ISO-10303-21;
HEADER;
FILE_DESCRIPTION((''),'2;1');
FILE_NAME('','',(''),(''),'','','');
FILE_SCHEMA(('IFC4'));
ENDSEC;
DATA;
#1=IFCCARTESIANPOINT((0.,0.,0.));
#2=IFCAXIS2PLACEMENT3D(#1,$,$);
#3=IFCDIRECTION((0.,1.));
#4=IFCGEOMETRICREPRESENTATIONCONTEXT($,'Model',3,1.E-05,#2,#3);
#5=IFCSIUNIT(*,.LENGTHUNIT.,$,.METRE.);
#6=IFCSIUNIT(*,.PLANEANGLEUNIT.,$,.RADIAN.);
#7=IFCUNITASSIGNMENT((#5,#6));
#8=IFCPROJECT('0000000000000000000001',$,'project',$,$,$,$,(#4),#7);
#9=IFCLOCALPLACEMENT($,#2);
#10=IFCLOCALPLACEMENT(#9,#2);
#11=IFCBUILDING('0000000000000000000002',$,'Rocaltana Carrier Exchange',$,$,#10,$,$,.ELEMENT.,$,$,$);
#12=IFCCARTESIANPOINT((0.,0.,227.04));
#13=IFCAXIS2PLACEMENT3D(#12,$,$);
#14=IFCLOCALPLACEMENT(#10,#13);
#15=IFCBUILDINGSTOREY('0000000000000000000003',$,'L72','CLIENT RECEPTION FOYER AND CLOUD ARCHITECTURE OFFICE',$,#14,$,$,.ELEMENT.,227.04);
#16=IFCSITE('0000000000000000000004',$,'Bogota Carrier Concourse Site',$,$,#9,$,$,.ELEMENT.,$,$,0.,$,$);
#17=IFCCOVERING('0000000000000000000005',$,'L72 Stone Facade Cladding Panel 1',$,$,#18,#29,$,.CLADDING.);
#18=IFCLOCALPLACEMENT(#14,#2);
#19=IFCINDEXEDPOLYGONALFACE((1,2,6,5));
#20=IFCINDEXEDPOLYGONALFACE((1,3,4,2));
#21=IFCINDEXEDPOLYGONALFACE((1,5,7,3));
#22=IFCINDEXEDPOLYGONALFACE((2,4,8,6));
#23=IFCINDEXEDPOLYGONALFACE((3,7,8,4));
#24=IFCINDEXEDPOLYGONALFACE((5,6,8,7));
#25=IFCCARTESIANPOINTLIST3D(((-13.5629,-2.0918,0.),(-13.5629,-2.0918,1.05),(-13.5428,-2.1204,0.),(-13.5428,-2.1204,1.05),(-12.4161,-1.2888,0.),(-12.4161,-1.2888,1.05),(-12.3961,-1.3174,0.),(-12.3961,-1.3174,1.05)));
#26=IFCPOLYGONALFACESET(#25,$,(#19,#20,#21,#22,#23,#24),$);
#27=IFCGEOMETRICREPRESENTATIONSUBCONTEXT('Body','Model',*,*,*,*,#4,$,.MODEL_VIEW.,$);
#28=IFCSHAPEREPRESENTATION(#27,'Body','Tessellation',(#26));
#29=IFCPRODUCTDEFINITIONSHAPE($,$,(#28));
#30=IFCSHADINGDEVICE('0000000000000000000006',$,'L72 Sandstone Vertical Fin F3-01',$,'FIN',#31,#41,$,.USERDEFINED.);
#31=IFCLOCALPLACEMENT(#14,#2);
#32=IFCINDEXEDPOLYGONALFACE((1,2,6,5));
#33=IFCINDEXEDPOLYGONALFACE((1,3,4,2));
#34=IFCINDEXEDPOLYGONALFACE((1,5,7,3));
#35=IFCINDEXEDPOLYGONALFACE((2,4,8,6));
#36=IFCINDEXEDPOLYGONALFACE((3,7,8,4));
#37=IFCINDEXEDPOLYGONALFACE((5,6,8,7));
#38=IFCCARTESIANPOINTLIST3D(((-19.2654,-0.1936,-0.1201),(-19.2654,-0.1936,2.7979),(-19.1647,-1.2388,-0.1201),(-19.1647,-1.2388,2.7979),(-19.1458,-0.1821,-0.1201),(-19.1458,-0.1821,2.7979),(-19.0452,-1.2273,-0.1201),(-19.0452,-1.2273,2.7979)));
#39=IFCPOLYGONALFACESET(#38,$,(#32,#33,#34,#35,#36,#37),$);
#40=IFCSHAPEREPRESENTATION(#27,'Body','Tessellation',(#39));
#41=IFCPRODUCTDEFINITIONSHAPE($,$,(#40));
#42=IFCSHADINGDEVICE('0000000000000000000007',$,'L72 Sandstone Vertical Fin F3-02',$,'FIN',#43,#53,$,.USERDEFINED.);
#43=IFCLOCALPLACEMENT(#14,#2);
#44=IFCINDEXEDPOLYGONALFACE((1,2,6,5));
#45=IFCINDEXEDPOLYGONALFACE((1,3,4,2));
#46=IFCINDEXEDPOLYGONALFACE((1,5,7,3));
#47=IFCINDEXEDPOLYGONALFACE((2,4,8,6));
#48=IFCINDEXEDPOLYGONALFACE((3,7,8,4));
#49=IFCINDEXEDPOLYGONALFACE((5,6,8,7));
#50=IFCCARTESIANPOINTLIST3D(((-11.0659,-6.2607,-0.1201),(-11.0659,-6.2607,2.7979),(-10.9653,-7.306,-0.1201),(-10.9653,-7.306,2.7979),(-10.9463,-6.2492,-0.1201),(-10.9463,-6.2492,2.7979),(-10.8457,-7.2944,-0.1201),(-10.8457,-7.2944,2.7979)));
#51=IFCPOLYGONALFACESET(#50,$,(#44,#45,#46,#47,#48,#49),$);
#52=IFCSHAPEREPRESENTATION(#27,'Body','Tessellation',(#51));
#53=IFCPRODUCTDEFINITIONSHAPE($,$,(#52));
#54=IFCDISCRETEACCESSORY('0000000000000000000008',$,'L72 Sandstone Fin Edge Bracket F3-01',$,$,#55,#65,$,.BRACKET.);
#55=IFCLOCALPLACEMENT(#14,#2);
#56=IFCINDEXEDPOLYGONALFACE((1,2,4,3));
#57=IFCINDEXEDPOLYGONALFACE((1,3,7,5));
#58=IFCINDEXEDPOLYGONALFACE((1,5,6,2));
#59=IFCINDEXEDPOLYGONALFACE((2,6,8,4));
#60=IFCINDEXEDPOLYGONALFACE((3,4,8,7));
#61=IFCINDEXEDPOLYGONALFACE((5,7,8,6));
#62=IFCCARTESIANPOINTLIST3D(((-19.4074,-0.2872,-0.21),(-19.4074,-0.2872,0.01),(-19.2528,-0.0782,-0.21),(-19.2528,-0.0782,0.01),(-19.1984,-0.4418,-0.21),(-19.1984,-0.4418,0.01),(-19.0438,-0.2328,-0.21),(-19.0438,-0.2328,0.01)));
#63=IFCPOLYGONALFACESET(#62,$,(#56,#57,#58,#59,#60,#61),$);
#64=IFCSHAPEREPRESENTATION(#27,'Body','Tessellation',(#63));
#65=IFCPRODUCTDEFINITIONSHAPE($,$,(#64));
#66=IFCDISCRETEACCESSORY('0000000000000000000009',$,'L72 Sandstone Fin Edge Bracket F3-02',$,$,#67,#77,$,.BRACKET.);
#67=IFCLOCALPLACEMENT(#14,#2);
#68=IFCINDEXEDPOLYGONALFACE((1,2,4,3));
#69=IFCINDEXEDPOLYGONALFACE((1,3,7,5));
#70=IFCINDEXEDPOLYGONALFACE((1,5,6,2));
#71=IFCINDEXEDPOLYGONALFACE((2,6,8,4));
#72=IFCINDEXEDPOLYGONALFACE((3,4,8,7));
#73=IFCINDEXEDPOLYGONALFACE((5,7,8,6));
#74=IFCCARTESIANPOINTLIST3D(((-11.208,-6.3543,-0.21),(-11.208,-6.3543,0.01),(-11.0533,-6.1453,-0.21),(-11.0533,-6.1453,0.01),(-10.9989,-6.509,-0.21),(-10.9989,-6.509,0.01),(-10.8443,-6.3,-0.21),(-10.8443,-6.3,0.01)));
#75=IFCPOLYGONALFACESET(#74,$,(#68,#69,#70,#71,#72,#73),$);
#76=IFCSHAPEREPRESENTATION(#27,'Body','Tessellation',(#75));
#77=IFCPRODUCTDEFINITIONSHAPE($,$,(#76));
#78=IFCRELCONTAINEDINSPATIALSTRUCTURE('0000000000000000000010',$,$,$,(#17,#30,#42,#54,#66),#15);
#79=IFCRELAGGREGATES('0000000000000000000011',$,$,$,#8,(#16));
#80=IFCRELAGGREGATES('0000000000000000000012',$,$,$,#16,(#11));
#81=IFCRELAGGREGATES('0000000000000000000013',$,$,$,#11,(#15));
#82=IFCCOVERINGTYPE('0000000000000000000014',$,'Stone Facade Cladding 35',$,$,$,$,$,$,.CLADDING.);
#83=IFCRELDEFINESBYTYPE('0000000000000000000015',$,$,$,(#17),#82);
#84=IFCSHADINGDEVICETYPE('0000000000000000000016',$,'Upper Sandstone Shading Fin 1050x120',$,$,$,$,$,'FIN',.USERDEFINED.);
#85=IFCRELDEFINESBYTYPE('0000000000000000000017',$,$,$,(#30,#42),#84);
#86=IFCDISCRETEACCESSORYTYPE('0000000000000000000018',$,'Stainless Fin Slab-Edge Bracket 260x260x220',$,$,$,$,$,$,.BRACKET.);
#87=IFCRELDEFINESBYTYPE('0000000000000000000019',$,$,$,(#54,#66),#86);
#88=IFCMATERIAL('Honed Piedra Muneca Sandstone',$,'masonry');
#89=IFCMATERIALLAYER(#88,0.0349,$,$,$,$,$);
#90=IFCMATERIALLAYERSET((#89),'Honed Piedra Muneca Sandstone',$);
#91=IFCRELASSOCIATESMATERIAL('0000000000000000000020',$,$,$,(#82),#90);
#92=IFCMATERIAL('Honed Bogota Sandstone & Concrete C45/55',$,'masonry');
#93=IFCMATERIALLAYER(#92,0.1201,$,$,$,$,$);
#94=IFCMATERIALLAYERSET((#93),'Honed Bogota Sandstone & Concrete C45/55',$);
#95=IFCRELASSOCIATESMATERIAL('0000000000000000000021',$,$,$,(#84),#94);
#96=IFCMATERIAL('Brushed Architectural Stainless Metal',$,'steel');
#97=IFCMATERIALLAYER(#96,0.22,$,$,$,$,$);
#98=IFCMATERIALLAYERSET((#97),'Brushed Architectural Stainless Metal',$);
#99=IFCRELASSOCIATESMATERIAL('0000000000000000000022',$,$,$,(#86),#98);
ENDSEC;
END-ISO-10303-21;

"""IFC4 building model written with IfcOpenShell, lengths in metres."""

from ifc_helpers import new_model, si_unit, direction, frame, origin, origin_2d, place, context, subcontext, project, spatial, rectangle, extrude, material, layer, layer_set, type_object, element, save


model = new_model("IFC4")

# Units and contexts
model_context = context("Model", 3, precision=1e-05, world=origin(), true_north=direction((0.0, 1.0)))
body_context = subcontext(model_context, "Body", "Model", "MODEL_VIEW")
ifc_project = project(units=[si_unit("LENGTHUNIT", "METRE"), si_unit("PLANEANGLEUNIT", "RADIAN")], contexts=[model_context])

# Site, building, storey
site_placement = place(None, origin())
site = spatial("IfcSite", under=ifc_project, at=site_placement, Name="Bogota Carrier Concourse Site", CompositionType="ELEMENT", RefElevation=0.0)
building_placement = place(site_placement, origin())
building = spatial("IfcBuilding", under=site, at=building_placement, Name="Rocaltana Carrier Exchange", CompositionType="ELEMENT")
storey_placement = place(building_placement, frame((0.0, 0.0, 227.04)))
storey = spatial("IfcBuildingStorey", under=building, at=storey_placement, Name="L72", Description="CLIENT RECEPTION FOYER AND CLOUD ARCHITECTURE OFFICE", CompositionType="ELEMENT", Elevation=227.04)

# Covering
ifc_material_1 = material(Name="Honed Piedra Muneca Sandstone", Category="masonry")
ifc_layer_1 = layer(ifc_material_1, 0.0349)
ifc_layer_set_1 = layer_set([ifc_layer_1], Name="Honed Piedra Muneca Sandstone")
covering_type = type_object("IfcCoveringType", Name="Stone Facade Cladding 35", PredefinedType="CLADDING", material=ifc_layer_set_1)
covering_placement = place(storey_placement, frame((-12.9795, -1.7046, 0.0), z_axis=(0.0, 0.0, 1.0), x_axis=(0.819152, 0.573576, 0.0)))
element("IfcCovering", 1, at=covering_placement, inside=storey, type_object=covering_type, Name="L72 Stone Facade Cladding Panel 1", PredefinedType="CLADDING", context=body_context, shape_type="SweptSolid", body=[
    extrude(rectangle(XDim=1.3999, YDim=0.0349, at=origin_2d()), origin(), (0.0, 0.0, 1.0), 1.05),
])

# Shading devices
ifc_material_2 = material(Name="Honed Bogota Sandstone & Concrete C45/55", Category="masonry")
ifc_layer_2 = layer(ifc_material_2, 0.1201)
ifc_layer_set_2 = layer_set([ifc_layer_2], Name="Honed Bogota Sandstone & Concrete C45/55")
shading_device_type = type_object("IfcShadingDeviceType", Name="Upper Sandstone Shading Fin 1050x120", ElementType="FIN", PredefinedType="USERDEFINED", material=ifc_layer_set_2)
for number, where, z_axis, x_axis, name in (
    (2, (-19.1553, -0.7104, -0.1201), (0.0, 0.0, 1.0), (0.095846, -0.995396, 0.0), "L72 Sandstone Vertical Fin F3-01"),
    (3, (-10.9558, -6.7776, -0.1201), (0.0, 0.0, 1.0), (0.095846, -0.995396, 0.0), "L72 Sandstone Vertical Fin F3-02"),
):
    element("IfcShadingDevice", number, at=place(storey_placement, frame(where, z_axis=z_axis, x_axis=x_axis)), inside=storey, type_object=shading_device_type, Name=name, ObjectType="FIN", PredefinedType="USERDEFINED", context=body_context, shape_type="SweptSolid", body=[
        extrude(rectangle(XDim=1.05, YDim=0.1201, at=origin_2d()), origin(), (0.0, 0.0, 1.0), 2.918),
    ])

# Discrete accessories
ifc_material_3 = material(Name="Brushed Architectural Stainless Metal", Category="steel")
ifc_layer_3 = layer(ifc_material_3, 0.22)
ifc_layer_set_3 = layer_set([ifc_layer_3], Name="Brushed Architectural Stainless Metal")
discrete_accessory_type = type_object("IfcDiscreteAccessoryType", Name="Stainless Fin Slab-Edge Bracket 260x260x220", PredefinedType="BRACKET", material=ifc_layer_set_3)
for number, where, z_axis, x_axis, name in (
    (4, (-19.2256, -0.26, -0.21), (0.0, 0.0, 1.0), (0.803857, -0.594823, 0.0), "L72 Sandstone Fin Edge Bracket F3-01"),
    (5, (-11.0261, -6.3271, -0.21), (0.0, 0.0, 1.0), (0.803857, -0.594823, 0.0), "L72 Sandstone Fin Edge Bracket F3-02"),
):
    element("IfcDiscreteAccessory", number, at=place(storey_placement, frame(where, z_axis=z_axis, x_axis=x_axis)), inside=storey, type_object=discrete_accessory_type, Name=name, PredefinedType="BRACKET", context=body_context, shape_type="SweptSolid", body=[
        extrude(rectangle(XDim=0.26, YDim=0.26, at=origin_2d()), origin(), (0.0, 0.0, 1.0), 0.22),
    ])

save(model, "model.ifc")
